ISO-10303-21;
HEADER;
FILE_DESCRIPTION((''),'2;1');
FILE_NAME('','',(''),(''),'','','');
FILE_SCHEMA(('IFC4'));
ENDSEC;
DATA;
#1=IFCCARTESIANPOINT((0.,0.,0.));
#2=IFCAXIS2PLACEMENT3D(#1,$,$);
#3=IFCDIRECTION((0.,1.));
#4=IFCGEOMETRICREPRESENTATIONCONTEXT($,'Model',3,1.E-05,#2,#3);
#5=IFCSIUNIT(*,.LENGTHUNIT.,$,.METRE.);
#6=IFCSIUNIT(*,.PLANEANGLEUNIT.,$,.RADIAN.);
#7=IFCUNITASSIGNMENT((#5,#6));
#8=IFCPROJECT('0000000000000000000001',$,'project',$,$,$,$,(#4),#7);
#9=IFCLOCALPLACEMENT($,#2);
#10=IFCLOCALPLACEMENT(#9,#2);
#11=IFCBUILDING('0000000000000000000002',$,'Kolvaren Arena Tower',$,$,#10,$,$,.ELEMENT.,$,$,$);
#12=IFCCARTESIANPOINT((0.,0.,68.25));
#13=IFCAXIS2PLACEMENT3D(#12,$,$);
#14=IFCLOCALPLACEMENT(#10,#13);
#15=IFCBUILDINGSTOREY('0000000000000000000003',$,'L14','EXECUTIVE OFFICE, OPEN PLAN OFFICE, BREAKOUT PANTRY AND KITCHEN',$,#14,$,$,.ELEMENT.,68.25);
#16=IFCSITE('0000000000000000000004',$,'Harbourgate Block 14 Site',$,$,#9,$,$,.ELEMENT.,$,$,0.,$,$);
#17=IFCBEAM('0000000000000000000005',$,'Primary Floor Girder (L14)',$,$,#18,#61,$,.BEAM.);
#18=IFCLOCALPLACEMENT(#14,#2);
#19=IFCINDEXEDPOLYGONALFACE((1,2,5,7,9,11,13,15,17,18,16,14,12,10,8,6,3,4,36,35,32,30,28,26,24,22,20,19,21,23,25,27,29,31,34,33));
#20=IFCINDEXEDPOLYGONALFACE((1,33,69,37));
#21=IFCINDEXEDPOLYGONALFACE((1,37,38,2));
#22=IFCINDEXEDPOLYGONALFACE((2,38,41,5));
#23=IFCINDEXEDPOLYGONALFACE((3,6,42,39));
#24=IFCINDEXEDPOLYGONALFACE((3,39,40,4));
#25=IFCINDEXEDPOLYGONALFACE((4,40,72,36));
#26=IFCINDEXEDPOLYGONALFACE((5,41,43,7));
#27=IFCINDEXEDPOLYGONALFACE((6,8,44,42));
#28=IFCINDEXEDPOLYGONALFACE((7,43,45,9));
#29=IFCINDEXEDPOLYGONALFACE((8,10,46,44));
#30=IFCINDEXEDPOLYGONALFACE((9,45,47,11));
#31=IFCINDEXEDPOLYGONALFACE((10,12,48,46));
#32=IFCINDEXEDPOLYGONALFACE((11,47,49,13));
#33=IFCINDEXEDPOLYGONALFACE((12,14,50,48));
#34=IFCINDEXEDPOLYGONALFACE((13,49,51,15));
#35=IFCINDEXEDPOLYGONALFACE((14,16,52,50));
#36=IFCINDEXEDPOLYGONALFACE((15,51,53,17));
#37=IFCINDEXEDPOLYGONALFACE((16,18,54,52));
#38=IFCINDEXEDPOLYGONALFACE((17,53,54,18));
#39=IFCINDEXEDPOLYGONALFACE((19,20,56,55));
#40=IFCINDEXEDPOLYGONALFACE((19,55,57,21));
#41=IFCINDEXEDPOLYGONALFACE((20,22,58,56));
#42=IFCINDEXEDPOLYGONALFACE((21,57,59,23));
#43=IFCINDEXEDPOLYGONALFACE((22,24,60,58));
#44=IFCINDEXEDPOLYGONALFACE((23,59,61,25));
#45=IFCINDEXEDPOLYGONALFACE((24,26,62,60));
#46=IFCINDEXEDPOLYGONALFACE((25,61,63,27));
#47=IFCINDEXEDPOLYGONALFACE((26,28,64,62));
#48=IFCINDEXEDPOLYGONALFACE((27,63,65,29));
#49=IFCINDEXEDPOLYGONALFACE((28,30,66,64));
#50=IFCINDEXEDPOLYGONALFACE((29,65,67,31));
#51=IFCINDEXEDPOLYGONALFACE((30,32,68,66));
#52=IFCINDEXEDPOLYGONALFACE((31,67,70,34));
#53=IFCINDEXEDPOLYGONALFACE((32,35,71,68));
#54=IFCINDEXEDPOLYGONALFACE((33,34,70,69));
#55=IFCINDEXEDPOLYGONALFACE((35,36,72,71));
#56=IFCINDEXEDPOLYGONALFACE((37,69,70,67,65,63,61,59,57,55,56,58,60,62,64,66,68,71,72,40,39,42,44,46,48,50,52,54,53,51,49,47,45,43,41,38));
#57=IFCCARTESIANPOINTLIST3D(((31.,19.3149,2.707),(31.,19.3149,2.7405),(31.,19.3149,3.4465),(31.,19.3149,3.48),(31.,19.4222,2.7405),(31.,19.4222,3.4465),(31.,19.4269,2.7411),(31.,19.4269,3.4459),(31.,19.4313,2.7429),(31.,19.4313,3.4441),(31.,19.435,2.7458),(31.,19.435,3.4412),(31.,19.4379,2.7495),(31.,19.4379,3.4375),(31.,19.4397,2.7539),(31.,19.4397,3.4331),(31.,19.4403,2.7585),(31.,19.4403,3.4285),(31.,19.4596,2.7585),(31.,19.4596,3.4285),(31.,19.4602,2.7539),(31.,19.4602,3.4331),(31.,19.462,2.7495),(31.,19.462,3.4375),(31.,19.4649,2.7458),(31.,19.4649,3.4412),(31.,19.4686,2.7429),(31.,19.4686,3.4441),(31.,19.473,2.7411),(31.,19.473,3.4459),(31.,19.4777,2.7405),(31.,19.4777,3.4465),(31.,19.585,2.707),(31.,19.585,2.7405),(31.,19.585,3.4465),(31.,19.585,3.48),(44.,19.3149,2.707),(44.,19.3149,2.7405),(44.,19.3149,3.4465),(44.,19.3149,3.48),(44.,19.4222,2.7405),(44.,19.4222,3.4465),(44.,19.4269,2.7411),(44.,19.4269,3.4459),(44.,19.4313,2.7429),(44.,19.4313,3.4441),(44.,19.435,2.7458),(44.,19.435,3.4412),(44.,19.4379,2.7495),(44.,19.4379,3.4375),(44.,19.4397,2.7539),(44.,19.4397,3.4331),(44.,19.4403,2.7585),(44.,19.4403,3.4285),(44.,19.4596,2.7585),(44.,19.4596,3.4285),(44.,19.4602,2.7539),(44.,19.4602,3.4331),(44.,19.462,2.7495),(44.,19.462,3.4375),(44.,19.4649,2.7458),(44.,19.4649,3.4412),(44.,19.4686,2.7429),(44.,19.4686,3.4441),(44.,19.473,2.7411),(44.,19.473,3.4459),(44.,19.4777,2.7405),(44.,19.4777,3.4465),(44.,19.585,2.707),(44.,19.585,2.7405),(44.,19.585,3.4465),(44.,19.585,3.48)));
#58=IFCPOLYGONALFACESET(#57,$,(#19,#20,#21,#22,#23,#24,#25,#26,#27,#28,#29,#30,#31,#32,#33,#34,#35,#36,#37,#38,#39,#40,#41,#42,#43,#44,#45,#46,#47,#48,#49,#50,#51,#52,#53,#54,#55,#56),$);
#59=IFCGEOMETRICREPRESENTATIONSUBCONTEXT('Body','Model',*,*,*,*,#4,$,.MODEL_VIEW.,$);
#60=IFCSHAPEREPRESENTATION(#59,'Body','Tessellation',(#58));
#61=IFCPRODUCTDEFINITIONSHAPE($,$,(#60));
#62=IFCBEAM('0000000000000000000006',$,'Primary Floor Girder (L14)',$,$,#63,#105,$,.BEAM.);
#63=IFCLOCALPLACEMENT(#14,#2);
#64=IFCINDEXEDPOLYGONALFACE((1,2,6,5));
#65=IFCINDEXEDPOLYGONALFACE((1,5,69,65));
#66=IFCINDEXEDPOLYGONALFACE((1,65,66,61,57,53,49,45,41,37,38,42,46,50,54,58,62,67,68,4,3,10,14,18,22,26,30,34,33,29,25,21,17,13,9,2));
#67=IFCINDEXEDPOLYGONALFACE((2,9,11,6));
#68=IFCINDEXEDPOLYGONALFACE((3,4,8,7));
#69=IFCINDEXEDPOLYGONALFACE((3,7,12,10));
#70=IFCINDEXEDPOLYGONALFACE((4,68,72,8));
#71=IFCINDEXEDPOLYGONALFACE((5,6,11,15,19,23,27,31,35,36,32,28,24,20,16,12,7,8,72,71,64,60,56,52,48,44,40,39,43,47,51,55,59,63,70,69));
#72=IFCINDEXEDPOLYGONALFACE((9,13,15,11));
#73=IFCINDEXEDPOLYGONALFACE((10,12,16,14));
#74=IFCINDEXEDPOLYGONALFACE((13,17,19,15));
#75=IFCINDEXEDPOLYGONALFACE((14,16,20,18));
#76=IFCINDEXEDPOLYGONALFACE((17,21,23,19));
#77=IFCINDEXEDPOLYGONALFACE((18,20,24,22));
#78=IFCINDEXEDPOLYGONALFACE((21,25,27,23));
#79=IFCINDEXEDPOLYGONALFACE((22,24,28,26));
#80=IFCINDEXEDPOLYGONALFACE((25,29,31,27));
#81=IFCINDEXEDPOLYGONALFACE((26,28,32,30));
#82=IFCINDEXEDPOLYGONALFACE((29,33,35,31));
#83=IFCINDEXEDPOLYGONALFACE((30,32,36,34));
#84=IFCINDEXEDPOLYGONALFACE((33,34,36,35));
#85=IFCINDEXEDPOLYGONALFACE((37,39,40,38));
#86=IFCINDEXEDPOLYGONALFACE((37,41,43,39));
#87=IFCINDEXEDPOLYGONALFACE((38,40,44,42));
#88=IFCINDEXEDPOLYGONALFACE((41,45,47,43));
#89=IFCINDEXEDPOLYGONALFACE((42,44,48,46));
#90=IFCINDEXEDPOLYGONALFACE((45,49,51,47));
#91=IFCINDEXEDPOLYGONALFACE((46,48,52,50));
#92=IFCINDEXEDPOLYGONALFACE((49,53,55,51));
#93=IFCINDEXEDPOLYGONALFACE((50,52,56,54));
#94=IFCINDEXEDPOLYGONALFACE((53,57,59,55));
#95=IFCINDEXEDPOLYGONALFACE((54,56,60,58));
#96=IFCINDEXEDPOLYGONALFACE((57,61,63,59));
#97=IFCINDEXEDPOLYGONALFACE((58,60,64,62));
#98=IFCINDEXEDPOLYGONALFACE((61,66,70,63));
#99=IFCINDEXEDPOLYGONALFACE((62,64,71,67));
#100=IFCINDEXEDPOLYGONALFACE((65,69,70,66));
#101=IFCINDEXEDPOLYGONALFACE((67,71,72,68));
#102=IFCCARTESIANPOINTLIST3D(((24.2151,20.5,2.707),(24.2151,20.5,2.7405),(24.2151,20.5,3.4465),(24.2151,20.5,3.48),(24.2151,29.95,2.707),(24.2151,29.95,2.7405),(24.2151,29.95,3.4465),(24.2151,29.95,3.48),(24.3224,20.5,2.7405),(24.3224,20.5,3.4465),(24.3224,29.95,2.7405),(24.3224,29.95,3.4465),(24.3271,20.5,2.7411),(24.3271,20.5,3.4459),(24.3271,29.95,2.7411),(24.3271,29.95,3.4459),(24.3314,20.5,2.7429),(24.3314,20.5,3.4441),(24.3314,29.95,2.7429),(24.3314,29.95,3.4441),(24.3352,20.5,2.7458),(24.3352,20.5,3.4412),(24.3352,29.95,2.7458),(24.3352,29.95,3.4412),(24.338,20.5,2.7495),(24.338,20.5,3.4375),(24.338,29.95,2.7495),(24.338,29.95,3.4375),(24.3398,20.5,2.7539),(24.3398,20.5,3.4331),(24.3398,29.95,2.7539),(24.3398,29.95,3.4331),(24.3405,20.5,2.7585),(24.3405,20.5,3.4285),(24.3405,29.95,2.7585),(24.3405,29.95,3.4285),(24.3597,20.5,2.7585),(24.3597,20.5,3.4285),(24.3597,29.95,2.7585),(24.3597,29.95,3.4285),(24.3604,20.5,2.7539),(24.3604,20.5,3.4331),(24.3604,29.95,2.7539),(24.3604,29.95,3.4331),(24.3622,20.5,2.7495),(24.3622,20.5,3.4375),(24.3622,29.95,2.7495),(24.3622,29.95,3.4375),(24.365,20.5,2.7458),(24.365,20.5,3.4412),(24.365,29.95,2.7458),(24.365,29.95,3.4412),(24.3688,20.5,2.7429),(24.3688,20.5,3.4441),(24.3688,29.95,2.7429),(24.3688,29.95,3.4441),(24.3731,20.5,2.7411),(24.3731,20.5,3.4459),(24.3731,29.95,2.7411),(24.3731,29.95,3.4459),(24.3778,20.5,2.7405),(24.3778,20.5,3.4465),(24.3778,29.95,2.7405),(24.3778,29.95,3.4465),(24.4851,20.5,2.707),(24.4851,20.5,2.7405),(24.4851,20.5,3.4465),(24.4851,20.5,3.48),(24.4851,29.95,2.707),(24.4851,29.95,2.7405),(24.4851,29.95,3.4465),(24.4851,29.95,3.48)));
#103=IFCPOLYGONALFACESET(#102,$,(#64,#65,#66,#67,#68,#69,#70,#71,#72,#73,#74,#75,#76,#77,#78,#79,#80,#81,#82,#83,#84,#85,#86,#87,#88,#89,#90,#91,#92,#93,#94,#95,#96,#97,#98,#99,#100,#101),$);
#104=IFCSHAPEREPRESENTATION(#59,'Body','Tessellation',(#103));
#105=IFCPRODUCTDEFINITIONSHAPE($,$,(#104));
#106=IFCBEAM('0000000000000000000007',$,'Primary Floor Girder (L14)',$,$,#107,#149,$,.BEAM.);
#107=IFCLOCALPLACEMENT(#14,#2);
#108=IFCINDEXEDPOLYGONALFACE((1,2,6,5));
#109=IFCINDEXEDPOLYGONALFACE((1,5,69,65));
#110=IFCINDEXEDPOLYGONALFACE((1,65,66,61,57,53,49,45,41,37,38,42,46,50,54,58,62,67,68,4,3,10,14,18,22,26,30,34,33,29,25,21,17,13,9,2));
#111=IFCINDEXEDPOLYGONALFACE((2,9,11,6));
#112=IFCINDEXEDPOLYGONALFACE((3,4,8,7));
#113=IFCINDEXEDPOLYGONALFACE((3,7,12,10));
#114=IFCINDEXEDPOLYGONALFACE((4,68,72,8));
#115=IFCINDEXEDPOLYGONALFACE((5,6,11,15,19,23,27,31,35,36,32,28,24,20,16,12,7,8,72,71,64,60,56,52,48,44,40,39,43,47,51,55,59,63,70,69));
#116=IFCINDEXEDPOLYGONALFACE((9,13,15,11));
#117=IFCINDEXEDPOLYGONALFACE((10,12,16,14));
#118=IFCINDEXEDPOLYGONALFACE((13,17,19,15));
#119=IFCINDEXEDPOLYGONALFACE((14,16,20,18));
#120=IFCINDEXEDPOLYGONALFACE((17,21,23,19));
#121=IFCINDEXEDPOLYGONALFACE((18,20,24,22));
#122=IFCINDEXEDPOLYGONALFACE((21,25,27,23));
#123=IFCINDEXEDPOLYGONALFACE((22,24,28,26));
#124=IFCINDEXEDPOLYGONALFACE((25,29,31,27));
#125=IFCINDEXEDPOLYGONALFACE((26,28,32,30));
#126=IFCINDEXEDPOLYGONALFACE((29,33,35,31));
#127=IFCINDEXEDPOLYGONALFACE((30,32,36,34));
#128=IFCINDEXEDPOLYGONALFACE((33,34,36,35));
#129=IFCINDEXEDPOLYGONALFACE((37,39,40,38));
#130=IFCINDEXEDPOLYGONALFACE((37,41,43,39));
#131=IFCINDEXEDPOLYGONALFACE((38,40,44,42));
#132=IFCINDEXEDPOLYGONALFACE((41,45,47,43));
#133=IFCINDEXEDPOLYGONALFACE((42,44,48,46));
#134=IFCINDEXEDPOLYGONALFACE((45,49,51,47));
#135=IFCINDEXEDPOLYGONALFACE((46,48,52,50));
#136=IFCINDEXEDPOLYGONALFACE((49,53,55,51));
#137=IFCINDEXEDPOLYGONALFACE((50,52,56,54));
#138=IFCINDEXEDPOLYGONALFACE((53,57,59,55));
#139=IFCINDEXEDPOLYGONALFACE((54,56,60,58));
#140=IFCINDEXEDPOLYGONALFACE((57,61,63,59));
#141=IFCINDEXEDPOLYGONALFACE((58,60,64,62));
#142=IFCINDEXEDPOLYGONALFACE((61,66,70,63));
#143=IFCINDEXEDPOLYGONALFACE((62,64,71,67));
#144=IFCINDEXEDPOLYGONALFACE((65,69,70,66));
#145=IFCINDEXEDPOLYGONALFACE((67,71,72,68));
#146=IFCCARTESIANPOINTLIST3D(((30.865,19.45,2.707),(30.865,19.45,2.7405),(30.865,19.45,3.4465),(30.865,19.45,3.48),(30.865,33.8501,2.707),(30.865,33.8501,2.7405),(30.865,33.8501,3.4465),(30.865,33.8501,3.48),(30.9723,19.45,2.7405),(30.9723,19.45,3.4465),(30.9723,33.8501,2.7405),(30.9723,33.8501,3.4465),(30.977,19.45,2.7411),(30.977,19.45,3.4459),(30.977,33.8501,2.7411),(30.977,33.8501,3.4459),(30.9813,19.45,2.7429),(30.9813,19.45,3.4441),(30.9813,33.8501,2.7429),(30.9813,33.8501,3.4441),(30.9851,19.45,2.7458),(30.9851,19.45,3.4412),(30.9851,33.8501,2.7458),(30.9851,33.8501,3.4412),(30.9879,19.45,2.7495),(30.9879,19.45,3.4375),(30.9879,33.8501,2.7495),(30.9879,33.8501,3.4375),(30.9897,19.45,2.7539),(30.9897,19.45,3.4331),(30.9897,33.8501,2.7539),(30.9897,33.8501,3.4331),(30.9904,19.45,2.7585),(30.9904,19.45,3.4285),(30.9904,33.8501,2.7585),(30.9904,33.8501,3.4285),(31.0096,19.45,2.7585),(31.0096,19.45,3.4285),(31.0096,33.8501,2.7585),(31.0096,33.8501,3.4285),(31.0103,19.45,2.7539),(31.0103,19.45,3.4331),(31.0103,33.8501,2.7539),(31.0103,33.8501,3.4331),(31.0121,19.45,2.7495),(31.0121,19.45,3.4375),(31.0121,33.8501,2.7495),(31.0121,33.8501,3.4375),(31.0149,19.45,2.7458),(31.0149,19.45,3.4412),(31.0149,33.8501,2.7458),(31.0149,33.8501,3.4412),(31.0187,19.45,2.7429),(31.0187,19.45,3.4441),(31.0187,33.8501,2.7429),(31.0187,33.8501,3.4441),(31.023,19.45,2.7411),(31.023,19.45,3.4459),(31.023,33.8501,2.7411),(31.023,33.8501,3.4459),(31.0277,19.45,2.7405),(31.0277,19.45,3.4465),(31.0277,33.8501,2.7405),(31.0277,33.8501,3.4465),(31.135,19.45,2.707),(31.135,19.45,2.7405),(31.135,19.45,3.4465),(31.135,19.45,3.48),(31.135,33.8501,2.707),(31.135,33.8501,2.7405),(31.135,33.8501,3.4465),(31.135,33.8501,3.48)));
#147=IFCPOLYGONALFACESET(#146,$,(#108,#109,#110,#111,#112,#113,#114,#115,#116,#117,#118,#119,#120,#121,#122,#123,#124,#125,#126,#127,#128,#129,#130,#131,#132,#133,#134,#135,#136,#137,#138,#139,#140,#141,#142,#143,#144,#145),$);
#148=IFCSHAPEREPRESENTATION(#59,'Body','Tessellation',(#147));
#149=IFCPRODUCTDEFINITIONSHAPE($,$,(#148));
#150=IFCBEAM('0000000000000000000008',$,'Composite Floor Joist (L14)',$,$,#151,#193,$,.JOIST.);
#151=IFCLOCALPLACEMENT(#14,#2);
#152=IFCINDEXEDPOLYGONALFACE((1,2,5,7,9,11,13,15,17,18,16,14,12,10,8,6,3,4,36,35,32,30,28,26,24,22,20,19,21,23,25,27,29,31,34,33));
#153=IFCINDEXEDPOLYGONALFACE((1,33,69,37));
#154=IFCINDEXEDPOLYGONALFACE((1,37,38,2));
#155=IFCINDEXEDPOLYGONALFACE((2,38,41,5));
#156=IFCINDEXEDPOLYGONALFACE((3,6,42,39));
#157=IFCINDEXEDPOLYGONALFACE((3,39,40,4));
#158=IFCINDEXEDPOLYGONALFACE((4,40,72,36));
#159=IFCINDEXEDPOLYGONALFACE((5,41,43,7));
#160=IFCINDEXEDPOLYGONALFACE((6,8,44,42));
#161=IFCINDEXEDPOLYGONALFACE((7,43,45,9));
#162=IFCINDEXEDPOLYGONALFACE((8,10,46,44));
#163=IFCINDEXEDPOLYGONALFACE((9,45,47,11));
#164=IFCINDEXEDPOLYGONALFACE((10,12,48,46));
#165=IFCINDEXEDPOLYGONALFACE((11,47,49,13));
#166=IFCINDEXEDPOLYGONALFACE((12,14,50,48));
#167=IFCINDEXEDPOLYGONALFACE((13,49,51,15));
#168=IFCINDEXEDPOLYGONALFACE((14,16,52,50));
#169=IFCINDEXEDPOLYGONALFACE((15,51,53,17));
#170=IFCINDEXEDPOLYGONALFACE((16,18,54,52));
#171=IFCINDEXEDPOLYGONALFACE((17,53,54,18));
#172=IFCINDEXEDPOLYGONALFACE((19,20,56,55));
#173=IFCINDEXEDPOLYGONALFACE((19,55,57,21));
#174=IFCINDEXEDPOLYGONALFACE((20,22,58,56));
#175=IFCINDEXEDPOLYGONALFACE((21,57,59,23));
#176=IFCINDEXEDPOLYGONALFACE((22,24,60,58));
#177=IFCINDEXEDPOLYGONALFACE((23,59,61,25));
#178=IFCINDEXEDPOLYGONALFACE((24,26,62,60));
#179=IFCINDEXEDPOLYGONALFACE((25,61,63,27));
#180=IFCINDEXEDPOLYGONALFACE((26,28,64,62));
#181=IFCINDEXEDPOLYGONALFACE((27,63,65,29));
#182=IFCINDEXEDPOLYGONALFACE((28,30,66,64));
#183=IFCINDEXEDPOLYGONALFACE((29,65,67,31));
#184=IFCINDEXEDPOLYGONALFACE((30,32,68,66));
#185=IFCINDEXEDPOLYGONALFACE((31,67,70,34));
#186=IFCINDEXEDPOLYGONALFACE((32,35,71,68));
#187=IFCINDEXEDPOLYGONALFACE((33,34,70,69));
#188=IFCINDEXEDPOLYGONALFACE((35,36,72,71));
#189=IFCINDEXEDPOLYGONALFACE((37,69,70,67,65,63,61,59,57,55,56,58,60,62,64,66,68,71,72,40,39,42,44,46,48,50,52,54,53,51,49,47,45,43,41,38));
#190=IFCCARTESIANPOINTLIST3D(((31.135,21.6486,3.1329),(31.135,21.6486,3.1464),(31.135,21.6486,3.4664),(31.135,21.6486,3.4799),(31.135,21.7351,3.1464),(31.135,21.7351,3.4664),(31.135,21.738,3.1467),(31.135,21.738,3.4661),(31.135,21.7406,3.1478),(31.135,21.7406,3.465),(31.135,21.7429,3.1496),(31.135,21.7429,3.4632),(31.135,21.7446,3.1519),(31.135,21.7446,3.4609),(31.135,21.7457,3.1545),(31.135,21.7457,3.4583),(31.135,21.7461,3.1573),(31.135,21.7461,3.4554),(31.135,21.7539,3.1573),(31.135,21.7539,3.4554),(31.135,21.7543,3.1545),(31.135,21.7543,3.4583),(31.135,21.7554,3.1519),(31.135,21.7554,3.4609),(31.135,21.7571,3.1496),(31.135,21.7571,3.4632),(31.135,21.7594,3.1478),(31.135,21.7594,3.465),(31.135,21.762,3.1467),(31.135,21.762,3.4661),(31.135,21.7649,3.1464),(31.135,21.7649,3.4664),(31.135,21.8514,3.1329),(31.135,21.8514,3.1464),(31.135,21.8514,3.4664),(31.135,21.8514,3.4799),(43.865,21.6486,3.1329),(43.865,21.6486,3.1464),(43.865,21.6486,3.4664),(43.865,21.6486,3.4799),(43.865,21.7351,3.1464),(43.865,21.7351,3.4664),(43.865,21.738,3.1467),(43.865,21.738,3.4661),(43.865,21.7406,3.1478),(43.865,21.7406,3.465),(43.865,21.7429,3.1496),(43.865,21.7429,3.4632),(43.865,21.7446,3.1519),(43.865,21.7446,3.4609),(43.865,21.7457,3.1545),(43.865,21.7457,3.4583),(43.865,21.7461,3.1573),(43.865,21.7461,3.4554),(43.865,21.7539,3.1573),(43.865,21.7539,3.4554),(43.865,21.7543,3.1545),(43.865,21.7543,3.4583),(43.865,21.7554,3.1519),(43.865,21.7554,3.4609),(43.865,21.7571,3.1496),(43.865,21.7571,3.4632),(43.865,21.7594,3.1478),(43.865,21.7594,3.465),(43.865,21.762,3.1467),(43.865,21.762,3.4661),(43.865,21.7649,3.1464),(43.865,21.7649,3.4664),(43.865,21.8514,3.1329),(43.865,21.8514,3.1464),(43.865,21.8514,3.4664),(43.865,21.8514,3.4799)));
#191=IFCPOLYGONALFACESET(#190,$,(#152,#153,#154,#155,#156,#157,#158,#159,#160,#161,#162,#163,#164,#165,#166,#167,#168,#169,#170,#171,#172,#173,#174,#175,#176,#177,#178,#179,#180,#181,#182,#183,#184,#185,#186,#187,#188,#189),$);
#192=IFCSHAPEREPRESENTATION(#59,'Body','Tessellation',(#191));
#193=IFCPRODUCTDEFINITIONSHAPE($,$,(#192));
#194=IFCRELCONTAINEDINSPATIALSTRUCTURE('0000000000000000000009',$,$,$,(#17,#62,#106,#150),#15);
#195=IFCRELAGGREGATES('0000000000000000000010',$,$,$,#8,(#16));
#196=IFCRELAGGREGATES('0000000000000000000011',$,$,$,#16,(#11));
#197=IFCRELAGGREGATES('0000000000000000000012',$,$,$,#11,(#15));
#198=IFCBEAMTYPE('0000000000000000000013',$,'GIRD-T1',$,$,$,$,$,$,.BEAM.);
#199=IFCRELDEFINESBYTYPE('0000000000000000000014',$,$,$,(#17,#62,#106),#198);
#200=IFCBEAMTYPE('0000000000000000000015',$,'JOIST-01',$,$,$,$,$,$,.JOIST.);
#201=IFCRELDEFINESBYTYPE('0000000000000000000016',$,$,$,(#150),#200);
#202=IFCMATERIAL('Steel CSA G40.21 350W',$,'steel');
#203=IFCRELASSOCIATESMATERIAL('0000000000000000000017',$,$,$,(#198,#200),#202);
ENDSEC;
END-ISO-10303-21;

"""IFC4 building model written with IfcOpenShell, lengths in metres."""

from ifc_helpers import new_model, si_unit, direction, frame, origin, origin_2d, place, context, subcontext, project, spatial, i_section, extrude, material, material_profile, profile_set, type_object, element, save


model = new_model("IFC4")

# Units and contexts
model_context = context("Model", 3, precision=1e-05, world=origin(), true_north=direction((0.0, 1.0)))
body_context = subcontext(model_context, "Body", "Model", "MODEL_VIEW")
ifc_project = project(units=[si_unit("LENGTHUNIT", "METRE"), si_unit("PLANEANGLEUNIT", "RADIAN")], contexts=[model_context])

# Site, building, storey
site_placement = place(None, origin())
site = spatial("IfcSite", under=ifc_project, at=site_placement, Name="Harbourgate Block 14 Site", CompositionType="ELEMENT", RefElevation=0.0)
building_placement = place(site_placement, origin())
building = spatial("IfcBuilding", under=site, at=building_placement, Name="Kolvaren Arena Tower", CompositionType="ELEMENT")
storey_placement = place(building_placement, frame((0.0, 0.0, 68.25)))
storey = spatial("IfcBuildingStorey", under=building, at=storey_placement, Name="L14", Description="EXECUTIVE OFFICE, OPEN PLAN OFFICE, BREAKOUT PANTRY AND KITCHEN", CompositionType="ELEMENT", Elevation=68.25)

# Beams
ifc_material_1 = material(Name="Steel CSA G40.21 350W", Category="steel")
ifc_material_profile_1 = material_profile(ifc_material_1, i_section(OverallWidth=0.27, OverallDepth=0.7729, WebThickness=0.0193, FlangeThickness=0.0334, FilletRadius=0.0181, at=origin_2d()), Name="W760x257")
ifc_profile_set_1 = profile_set([ifc_material_profile_1], Name="Steel CSA G40.21 350W")
beam_type_1 = type_object("IfcBeamType", Name="GIRD-T1", PredefinedType="BEAM", material=ifc_profile_set_1)
beam_1_placement = place(storey_placement, frame((31.0, 19.45, 3.0935), z_axis=(1.0, 0.0, 0.0), x_axis=(0.0, 1.0, 0.0)))
element("IfcBeam", 1, at=beam_1_placement, inside=storey, type_object=beam_type_1, Name="Primary Floor Girder (L14)", PredefinedType="BEAM", context=body_context, shape_type="SweptSolid", body=[
    extrude(i_section(OverallWidth=0.27, OverallDepth=0.7729, WebThickness=0.0193, FlangeThickness=0.0334, FilletRadius=0.0181, at=origin_2d()), origin(), (0.0, 0.0, 1.0), 13.0),
])
beam_2_placement = place(storey_placement, frame((24.3501, 20.5, 3.0935), z_axis=(0.0, 1.0, 0.0), x_axis=(-1.0, 0.0, 0.0)))
element("IfcBeam", 2, at=beam_2_placement, inside=storey, type_object=beam_type_1, Name="Primary Floor Girder (L14)", PredefinedType="BEAM", context=body_context, shape_type="SweptSolid", body=[
    extrude(i_section(OverallWidth=0.27, OverallDepth=0.7729, WebThickness=0.0193, FlangeThickness=0.0334, FilletRadius=0.0181, at=origin_2d()), origin(), (0.0, 0.0, 1.0), 9.45),
])
beam_3_placement = place(storey_placement, frame((31.0, 19.45, 3.0935), z_axis=(0.0, 1.0, 0.0), x_axis=(-1.0, 0.0, 0.0)))
element("IfcBeam", 3, at=beam_3_placement, inside=storey, type_object=beam_type_1, Name="Primary Floor Girder (L14)", PredefinedType="BEAM", context=body_context, shape_type="SweptSolid", body=[
    extrude(i_section(OverallWidth=0.27, OverallDepth=0.7729, WebThickness=0.0193, FlangeThickness=0.0334, FilletRadius=0.0181, at=origin_2d()), origin(), (0.0, 0.0, 1.0), 14.4001),
])
ifc_material_profile_2 = material_profile(ifc_material_1, i_section(OverallWidth=0.2029, OverallDepth=0.3469, WebThickness=0.0078, FlangeThickness=0.0134, FilletRadius=0.011, at=origin_2d()), Name="W360x64")
ifc_profile_set_2 = profile_set([ifc_material_profile_2], Name="Steel CSA G40.21 350W")
beam_type_2 = type_object("IfcBeamType", Name="JOIST-01", PredefinedType="JOIST", material=ifc_profile_set_2)
beam_4_placement = place(storey_placement, frame((31.135, 21.75, 3.3064), z_axis=(1.0, 0.0, 0.0), x_axis=(0.0, 1.0, 0.0)))
element("IfcBeam", 4, at=beam_4_placement, inside=storey, type_object=beam_type_2, Name="Composite Floor Joist (L14)", PredefinedType="JOIST", context=body_context, shape_type="SweptSolid", body=[
    extrude(i_section(OverallWidth=0.2029, OverallDepth=0.3469, WebThickness=0.0078, FlangeThickness=0.0134, FilletRadius=0.011, at=origin_2d()), origin(), (0.0, 0.0, 1.0), 12.73),
])

save(model, "model.ifc")
